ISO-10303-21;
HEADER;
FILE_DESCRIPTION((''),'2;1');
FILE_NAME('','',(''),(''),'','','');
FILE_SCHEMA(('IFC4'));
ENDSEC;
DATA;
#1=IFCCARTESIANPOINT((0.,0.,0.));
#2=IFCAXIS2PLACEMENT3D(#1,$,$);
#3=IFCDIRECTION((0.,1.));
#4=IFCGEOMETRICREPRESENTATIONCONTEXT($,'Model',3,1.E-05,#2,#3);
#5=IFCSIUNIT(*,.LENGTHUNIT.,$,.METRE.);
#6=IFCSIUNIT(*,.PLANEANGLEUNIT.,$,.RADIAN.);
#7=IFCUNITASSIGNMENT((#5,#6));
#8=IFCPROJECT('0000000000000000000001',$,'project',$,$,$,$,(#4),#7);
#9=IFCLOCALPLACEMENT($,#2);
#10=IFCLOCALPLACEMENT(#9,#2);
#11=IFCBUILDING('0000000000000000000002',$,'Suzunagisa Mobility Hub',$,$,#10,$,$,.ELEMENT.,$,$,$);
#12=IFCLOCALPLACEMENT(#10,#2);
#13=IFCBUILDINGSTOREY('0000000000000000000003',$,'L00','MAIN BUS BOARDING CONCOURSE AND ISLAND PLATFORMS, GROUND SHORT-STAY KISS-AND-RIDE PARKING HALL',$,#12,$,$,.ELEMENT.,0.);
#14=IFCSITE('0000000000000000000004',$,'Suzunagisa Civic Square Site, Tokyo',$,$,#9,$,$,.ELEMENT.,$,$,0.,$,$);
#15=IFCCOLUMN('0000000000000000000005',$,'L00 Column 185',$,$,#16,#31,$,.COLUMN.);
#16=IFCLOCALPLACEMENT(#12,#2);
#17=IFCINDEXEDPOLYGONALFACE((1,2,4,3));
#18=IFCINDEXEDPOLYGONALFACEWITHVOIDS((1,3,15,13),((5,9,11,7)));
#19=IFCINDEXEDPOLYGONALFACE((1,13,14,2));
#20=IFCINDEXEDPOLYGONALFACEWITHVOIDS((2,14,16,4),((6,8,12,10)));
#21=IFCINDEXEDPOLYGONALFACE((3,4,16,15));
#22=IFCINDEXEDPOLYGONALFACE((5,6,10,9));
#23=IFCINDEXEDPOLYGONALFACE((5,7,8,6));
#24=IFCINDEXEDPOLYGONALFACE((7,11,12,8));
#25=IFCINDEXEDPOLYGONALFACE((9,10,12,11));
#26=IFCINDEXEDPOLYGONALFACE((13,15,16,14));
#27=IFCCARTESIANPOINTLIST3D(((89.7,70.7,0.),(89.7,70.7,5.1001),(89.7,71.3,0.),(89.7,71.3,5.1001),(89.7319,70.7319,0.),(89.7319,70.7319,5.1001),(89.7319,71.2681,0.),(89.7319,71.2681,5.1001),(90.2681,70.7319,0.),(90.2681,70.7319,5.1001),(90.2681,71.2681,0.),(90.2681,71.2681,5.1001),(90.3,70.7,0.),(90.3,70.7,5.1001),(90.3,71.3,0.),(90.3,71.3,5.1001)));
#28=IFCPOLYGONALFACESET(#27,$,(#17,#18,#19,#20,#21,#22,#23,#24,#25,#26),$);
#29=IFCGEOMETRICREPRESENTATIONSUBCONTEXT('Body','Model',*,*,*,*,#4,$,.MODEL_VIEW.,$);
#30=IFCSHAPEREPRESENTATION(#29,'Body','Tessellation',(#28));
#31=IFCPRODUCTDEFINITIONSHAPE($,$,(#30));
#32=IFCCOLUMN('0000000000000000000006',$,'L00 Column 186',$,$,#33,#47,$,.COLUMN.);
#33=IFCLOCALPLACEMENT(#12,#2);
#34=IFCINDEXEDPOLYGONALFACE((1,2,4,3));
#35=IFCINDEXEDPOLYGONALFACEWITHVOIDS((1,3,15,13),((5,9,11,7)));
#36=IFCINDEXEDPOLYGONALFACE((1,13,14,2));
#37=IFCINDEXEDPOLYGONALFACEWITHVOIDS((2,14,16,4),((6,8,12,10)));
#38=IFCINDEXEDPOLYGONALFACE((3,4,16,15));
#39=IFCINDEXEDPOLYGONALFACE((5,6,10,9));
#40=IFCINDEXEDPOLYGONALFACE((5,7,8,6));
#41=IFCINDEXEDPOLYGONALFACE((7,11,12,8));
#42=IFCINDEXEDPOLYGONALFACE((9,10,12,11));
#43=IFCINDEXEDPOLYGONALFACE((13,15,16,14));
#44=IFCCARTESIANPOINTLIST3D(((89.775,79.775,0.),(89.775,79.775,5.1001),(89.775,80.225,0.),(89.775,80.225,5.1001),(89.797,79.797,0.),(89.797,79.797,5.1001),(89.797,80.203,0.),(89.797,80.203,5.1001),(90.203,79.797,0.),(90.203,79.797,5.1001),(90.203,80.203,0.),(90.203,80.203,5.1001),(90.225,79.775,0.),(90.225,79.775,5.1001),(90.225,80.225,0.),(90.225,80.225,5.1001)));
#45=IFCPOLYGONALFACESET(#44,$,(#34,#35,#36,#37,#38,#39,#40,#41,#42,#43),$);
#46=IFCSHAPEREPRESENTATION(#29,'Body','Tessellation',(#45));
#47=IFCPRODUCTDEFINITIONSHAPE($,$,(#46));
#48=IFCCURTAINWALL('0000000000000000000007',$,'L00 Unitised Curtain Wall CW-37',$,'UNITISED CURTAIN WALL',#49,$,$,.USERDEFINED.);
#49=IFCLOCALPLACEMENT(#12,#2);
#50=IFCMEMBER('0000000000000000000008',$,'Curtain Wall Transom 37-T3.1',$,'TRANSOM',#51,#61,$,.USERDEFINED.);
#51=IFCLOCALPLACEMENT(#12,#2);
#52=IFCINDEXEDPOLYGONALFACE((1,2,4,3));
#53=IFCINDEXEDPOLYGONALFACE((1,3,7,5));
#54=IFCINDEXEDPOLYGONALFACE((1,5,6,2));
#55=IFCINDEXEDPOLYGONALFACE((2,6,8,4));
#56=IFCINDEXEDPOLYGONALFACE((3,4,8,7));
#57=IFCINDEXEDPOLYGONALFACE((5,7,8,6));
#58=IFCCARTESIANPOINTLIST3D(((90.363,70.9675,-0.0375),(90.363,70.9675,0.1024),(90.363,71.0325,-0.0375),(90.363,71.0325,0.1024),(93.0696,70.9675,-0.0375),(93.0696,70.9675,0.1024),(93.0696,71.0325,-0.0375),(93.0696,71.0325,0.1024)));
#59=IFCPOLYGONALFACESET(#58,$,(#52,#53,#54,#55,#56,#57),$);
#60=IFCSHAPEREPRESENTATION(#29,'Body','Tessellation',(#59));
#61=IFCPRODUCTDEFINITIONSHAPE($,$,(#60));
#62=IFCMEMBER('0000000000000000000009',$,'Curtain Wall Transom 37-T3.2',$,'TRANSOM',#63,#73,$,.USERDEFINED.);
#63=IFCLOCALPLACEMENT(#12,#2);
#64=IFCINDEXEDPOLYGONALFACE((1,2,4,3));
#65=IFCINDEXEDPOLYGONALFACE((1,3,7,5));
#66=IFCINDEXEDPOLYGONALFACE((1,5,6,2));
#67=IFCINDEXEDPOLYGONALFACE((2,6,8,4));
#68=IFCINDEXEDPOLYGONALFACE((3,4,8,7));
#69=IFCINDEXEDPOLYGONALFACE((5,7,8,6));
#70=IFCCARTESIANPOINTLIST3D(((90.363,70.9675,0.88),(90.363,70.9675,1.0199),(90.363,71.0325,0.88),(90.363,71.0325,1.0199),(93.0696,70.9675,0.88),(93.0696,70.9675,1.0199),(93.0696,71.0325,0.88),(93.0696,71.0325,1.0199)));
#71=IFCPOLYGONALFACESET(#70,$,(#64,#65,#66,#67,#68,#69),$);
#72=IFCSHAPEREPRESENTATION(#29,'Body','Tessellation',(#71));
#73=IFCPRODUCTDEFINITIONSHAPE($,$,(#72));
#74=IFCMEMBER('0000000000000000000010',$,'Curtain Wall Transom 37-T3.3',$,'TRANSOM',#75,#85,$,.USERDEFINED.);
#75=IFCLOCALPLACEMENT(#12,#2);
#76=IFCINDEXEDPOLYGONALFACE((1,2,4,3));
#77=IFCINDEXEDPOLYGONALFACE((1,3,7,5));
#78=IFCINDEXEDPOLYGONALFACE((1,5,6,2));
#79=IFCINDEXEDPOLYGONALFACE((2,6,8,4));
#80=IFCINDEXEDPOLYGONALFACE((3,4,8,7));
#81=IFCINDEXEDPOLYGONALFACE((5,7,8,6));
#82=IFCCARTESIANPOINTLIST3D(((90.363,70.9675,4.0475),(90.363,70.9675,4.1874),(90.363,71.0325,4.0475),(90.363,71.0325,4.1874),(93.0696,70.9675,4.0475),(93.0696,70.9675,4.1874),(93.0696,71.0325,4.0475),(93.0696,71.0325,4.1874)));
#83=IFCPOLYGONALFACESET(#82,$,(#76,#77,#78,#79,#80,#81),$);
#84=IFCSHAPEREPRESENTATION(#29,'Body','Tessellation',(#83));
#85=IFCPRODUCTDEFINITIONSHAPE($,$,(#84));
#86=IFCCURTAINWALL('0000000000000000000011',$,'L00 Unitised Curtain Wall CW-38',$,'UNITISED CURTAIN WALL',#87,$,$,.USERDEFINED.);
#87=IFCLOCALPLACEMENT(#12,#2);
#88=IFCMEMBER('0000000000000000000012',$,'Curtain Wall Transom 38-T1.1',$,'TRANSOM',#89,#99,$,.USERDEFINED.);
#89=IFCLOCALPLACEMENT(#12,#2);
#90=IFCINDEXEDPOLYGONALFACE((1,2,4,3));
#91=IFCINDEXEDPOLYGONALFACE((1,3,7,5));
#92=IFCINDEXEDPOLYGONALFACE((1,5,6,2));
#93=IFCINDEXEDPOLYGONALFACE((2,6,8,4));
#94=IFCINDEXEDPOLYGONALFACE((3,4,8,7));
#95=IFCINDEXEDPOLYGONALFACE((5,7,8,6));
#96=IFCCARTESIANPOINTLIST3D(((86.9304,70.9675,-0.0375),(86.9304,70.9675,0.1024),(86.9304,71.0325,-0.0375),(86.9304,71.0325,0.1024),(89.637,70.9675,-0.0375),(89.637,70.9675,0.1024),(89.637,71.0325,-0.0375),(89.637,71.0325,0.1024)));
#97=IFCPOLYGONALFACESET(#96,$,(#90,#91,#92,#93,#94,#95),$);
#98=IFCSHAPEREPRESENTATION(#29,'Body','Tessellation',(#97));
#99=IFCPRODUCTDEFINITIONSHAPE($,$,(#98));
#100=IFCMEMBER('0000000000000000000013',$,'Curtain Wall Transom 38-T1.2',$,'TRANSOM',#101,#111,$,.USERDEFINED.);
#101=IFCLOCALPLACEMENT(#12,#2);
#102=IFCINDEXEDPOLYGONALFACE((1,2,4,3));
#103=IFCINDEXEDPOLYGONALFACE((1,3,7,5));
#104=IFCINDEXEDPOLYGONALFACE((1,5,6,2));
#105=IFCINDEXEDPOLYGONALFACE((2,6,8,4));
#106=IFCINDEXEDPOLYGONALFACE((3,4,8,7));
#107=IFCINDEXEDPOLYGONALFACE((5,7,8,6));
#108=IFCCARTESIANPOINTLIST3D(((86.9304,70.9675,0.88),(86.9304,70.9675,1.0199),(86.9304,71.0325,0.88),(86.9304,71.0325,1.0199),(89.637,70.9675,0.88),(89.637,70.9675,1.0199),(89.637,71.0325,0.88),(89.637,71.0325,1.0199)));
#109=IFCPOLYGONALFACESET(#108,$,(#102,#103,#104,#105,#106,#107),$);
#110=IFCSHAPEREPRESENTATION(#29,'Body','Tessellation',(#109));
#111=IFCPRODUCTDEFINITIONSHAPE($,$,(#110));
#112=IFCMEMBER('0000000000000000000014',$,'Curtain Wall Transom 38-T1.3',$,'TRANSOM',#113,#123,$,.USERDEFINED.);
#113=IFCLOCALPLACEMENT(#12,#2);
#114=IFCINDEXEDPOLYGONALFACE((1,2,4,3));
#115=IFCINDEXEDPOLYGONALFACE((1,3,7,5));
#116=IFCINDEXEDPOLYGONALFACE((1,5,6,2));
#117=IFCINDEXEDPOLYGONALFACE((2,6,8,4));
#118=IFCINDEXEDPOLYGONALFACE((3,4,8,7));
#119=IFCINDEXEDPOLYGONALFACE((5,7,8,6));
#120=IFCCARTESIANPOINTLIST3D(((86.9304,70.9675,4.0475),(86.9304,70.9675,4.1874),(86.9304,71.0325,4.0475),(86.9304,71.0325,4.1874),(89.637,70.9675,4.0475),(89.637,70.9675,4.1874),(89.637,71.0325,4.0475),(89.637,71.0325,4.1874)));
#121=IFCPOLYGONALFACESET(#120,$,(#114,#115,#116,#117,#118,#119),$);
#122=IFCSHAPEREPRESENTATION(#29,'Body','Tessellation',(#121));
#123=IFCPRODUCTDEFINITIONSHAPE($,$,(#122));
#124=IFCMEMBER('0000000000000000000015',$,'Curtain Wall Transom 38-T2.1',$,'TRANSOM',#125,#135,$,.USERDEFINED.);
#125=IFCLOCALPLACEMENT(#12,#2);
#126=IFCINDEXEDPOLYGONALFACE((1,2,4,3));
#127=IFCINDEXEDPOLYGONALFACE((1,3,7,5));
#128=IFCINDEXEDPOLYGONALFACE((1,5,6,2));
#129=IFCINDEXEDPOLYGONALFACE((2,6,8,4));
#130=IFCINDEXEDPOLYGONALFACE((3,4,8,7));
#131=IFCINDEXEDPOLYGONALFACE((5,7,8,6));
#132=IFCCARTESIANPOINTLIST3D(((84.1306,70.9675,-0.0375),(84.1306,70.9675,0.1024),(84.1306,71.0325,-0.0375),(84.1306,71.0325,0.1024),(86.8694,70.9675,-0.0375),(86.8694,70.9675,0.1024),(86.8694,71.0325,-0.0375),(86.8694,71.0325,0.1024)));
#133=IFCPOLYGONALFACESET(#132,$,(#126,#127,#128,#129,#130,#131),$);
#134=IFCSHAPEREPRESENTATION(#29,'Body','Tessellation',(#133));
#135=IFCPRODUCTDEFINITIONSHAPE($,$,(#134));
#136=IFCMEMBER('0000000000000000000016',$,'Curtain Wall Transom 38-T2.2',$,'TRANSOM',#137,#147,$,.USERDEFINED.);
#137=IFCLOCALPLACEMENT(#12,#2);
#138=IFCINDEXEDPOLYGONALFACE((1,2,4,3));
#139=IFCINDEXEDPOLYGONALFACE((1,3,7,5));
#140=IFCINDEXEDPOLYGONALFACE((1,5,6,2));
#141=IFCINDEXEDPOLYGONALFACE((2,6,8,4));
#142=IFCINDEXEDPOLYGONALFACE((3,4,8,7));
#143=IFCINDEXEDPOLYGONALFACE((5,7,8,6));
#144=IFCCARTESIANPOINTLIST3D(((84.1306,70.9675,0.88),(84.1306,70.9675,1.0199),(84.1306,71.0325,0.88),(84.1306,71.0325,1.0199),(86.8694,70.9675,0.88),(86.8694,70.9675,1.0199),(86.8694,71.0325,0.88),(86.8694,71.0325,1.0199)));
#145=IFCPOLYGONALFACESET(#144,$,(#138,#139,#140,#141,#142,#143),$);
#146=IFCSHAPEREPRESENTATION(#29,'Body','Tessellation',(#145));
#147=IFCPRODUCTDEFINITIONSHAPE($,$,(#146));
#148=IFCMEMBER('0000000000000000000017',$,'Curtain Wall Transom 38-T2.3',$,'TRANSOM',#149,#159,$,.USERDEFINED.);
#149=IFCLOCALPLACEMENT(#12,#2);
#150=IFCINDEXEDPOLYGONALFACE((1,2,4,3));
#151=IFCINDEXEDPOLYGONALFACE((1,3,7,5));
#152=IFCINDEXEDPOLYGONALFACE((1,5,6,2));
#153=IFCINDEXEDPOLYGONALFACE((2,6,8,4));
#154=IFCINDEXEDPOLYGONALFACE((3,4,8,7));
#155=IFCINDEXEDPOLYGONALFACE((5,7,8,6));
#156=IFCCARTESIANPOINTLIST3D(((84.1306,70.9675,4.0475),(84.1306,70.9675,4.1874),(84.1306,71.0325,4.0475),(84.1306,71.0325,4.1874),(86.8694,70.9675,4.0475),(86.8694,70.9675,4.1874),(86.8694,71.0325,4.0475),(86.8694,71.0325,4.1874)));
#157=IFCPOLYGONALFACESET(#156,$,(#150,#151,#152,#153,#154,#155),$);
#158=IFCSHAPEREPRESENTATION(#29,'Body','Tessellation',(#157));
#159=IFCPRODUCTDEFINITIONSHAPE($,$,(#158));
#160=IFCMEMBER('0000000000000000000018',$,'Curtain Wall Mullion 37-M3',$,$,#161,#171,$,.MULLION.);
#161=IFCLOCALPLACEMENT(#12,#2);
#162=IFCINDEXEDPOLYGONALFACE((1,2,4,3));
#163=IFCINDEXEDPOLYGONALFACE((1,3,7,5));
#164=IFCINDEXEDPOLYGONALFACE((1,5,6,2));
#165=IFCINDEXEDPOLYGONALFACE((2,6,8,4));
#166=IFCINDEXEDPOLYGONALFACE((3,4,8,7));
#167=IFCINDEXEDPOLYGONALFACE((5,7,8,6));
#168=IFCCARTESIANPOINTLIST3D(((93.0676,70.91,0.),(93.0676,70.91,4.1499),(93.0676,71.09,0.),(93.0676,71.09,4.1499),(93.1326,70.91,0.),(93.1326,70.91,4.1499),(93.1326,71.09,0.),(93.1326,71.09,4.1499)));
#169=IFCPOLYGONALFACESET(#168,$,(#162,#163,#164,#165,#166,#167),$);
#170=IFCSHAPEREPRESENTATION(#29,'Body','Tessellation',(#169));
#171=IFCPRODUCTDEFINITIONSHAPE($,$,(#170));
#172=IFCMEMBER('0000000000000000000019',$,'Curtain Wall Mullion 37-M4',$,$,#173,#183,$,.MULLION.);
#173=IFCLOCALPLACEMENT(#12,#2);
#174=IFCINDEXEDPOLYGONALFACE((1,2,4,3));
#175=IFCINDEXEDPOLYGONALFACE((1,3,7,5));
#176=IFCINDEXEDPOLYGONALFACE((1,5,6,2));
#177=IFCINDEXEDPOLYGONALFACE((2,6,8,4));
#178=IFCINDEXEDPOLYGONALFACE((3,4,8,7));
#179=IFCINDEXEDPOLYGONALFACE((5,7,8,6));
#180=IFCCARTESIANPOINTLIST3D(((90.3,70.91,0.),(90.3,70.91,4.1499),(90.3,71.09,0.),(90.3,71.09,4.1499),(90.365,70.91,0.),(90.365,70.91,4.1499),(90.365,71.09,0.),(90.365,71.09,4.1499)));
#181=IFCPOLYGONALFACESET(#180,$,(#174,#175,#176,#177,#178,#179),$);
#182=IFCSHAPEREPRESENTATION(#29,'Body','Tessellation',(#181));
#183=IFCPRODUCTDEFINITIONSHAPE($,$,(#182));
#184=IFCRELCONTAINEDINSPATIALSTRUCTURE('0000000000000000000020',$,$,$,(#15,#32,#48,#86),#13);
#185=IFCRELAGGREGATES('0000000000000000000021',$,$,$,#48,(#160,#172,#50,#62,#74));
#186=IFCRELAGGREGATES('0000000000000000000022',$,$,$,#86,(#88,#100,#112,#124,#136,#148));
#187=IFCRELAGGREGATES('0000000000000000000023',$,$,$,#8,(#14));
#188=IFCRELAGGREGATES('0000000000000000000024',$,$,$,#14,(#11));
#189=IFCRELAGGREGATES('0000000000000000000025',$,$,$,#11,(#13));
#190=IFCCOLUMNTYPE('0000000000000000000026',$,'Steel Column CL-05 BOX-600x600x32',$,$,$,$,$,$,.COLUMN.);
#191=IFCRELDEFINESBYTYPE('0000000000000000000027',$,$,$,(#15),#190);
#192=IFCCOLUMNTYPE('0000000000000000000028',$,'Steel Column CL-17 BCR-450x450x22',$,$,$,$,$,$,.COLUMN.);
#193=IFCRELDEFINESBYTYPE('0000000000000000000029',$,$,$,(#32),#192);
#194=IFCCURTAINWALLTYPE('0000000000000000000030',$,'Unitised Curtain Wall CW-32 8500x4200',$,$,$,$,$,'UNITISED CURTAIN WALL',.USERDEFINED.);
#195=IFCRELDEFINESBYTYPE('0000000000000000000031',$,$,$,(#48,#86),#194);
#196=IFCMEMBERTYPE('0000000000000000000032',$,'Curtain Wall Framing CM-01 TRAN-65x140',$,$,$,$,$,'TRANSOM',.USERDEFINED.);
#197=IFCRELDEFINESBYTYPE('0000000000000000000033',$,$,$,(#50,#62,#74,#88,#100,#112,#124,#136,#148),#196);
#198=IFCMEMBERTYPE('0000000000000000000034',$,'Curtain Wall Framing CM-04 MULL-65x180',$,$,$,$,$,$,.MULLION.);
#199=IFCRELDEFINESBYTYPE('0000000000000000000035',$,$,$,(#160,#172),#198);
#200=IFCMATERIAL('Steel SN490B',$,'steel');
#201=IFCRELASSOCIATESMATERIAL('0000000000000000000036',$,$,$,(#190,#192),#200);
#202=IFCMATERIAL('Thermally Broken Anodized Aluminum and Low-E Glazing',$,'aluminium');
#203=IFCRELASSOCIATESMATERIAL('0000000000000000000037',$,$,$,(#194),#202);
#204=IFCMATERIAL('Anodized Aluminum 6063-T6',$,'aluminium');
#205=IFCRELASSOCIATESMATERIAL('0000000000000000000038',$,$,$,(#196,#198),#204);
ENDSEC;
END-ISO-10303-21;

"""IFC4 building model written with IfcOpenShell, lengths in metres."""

from ifc_helpers import new_model, si_unit, direction, frame, origin, origin_2d, place, context, subcontext, project, spatial, rectangle, hollow_rectangle, extrude, material, material_profile, profile_set, type_object, element, aggregate, save


model = new_model("IFC4")

# Units and contexts
model_context = context("Model", 3, precision=1e-05, world=origin(), true_north=direction((0.0, 1.0)))
body_context = subcontext(model_context, "Body", "Model", "MODEL_VIEW")
ifc_project = project(units=[si_unit("LENGTHUNIT", "METRE"), si_unit("PLANEANGLEUNIT", "RADIAN")], contexts=[model_context])

# Site, building, storey
site_placement = place(None, origin())
site = spatial("IfcSite", under=ifc_project, at=site_placement, Name="Suzunagisa Civic Square Site, Tokyo", CompositionType="ELEMENT", RefElevation=0.0)
building_placement = place(site_placement, origin())
building = spatial("IfcBuilding", under=site, at=building_placement, Name="Suzunagisa Mobility Hub", CompositionType="ELEMENT")
storey_placement = place(building_placement, origin())
storey = spatial("IfcBuildingStorey", under=building, at=storey_placement, Name="L00", Description="MAIN BUS BOARDING CONCOURSE AND ISLAND PLATFORMS, GROUND SHORT-STAY KISS-AND-RIDE PARKING HALL", CompositionType="ELEMENT", Elevation=0.0)

# Columns
ifc_material_1 = material(Name="Steel SN490B", Category="steel")
ifc_material_profile_1 = material_profile(ifc_material_1, hollow_rectangle(XDim=0.6001, YDim=0.6001, WallThickness=0.032, at=origin_2d()), Name="BOX-600x600x32")
ifc_profile_set_1 = profile_set([ifc_material_profile_1], Name="Steel SN490B")
column_type_1 = type_object("IfcColumnType", Name="Steel Column CL-05 BOX-600x600x32", PredefinedType="COLUMN", material=ifc_profile_set_1)
column_1_placement = place(storey_placement, frame((90.0, 71.0, 0.0), z_axis=(0.0, 0.0, 1.0), x_axis=(1.0, 0.0, 0.0)))
element("IfcColumn", 1, at=column_1_placement, inside=storey, type_object=column_type_1, Name="L00 Column 185", PredefinedType="COLUMN", context=body_context, shape_type="SweptSolid", body=[
    extrude(hollow_rectangle(XDim=0.6001, YDim=0.6001, WallThickness=0.032, at=origin_2d()), origin(), (0.0, 0.0, 1.0), 5.1001),
])
ifc_material_profile_2 = material_profile(ifc_material_1, hollow_rectangle(XDim=0.45, YDim=0.45, WallThickness=0.022, at=origin_2d()), Name="BCR-450x450x22")
ifc_profile_set_2 = profile_set([ifc_material_profile_2], Name="Steel SN490B")
column_type_2 = type_object("IfcColumnType", Name="Steel Column CL-17 BCR-450x450x22", PredefinedType="COLUMN", material=ifc_profile_set_2)
column_2_placement = place(storey_placement, frame((90.0, 80.0, 0.0), z_axis=(0.0, 0.0, 1.0), x_axis=(1.0, 0.0, 0.0)))
element("IfcColumn", 2, at=column_2_placement, inside=storey, type_object=column_type_2, Name="L00 Column 186", PredefinedType="COLUMN", context=body_context, shape_type="SweptSolid", body=[
    extrude(hollow_rectangle(XDim=0.45, YDim=0.45, WallThickness=0.022, at=origin_2d()), origin(), (0.0, 0.0, 1.0), 5.1001),
])

# Curtain walls, members
ifc_material_2 = material(Name="Thermally Broken Anodized Aluminum and Low-E Glazing", Category="aluminium")
curtain_wall_type = type_object("IfcCurtainWallType", Name="Unitised Curtain Wall CW-32 8500x4200", ElementType="UNITISED CURTAIN WALL", PredefinedType="USERDEFINED", material=ifc_material_2)
curtain_wall_1_placement = place(storey_placement, origin())
curtain_wall_1 = element("IfcCurtainWall", 3, at=curtain_wall_1_placement, inside=storey, type_object=curtain_wall_type, Name="L00 Unitised Curtain Wall CW-37", ObjectType="UNITISED CURTAIN WALL", PredefinedType="USERDEFINED")
ifc_material_3 = material(Name="Anodized Aluminum 6063-T6", Category="aluminium")
ifc_material_profile_3 = material_profile(ifc_material_3, rectangle(XDim=0.0649, YDim=0.1399, at=origin_2d()), Name="TRAN-65x140")
ifc_profile_set_3 = profile_set([ifc_material_profile_3], Name="Anodized Aluminum 6063-T6")
member_type_1 = type_object("IfcMemberType", Name="Curtain Wall Framing CM-01 TRAN-65x140", ElementType="TRANSOM", PredefinedType="USERDEFINED", material=ifc_profile_set_3)
member_1_placement = place(storey_placement, frame((93.0696, 71.0, 0.0325), z_axis=(-1.0, 0.0, 0.0), x_axis=(0.0, -1.0, 0.0)))
member_1 = element("IfcMember", 4, at=member_1_placement, type_object=member_type_1, Name="Curtain Wall Transom 37-T3.1", ObjectType="TRANSOM", PredefinedType="USERDEFINED", context=body_context, shape_type="SweptSolid", body=[
    extrude(rectangle(XDim=0.0649, YDim=0.1399, at=origin_2d()), origin(), (0.0, 0.0, 1.0), 2.7065),
])
member_2_placement = place(storey_placement, frame((93.0696, 71.0, 0.95), z_axis=(-1.0, 0.0, 0.0), x_axis=(0.0, -1.0, 0.0)))
member_2 = element("IfcMember", 5, at=member_2_placement, type_object=member_type_1, Name="Curtain Wall Transom 37-T3.2", ObjectType="TRANSOM", PredefinedType="USERDEFINED", context=body_context, shape_type="SweptSolid", body=[
    extrude(rectangle(XDim=0.0649, YDim=0.1399, at=origin_2d()), origin(), (0.0, 0.0, 1.0), 2.7065),
])
member_3_placement = place(storey_placement, frame((93.0696, 71.0, 4.1174), z_axis=(-1.0, 0.0, 0.0), x_axis=(0.0, -1.0, 0.0)))
member_3 = element("IfcMember", 6, at=member_3_placement, type_object=member_type_1, Name="Curtain Wall Transom 37-T3.3", ObjectType="TRANSOM", PredefinedType="USERDEFINED", context=body_context, shape_type="SweptSolid", body=[
    extrude(rectangle(XDim=0.0649, YDim=0.1399, at=origin_2d()), origin(), (0.0, 0.0, 1.0), 2.7065),
])
curtain_wall_2_placement = place(storey_placement, origin())
curtain_wall_2 = element("IfcCurtainWall", 7, at=curtain_wall_2_placement, inside=storey, type_object=curtain_wall_type, Name="L00 Unitised Curtain Wall CW-38", ObjectType="UNITISED CURTAIN WALL", PredefinedType="USERDEFINED")
member_4_placement = place(storey_placement, frame((89.637, 71.0, 0.0325), z_axis=(-1.0, 0.0, 0.0), x_axis=(0.0, -1.0, 0.0)))
member_4 = element("IfcMember", 8, at=member_4_placement, type_object=member_type_1, Name="Curtain Wall Transom 38-T1.1", ObjectType="TRANSOM", PredefinedType="USERDEFINED", context=body_context, shape_type="SweptSolid", body=[
    extrude(rectangle(XDim=0.0649, YDim=0.1399, at=origin_2d()), origin(), (0.0, 0.0, 1.0), 2.7065),
])
member_5_placement = place(storey_placement, frame((89.637, 71.0, 0.95), z_axis=(-1.0, 0.0, 0.0), x_axis=(0.0, -1.0, 0.0)))
member_5 = element("IfcMember", 9, at=member_5_placement, type_object=member_type_1, Name="Curtain Wall Transom 38-T1.2", ObjectType="TRANSOM", PredefinedType="USERDEFINED", context=body_context, shape_type="SweptSolid", body=[
    extrude(rectangle(XDim=0.0649, YDim=0.1399, at=origin_2d()), origin(), (0.0, 0.0, 1.0), 2.7065),
])
member_6_placement = place(storey_placement, frame((89.637, 71.0, 4.1174), z_axis=(-1.0, 0.0, 0.0), x_axis=(0.0, -1.0, 0.0)))
member_6 = element("IfcMember", 10, at=member_6_placement, type_object=member_type_1, Name="Curtain Wall Transom 38-T1.3", ObjectType="TRANSOM", PredefinedType="USERDEFINED", context=body_context, shape_type="SweptSolid", body=[
    extrude(rectangle(XDim=0.0649, YDim=0.1399, at=origin_2d()), origin(), (0.0, 0.0, 1.0), 2.7065),
])
member_7_placement = place(storey_placement, frame((86.8694, 71.0, 0.0325), z_axis=(-1.0, 0.0, 0.0), x_axis=(0.0, -1.0, 0.0)))
member_7 = element("IfcMember", 11, at=member_7_placement, type_object=member_type_1, Name="Curtain Wall Transom 38-T2.1", ObjectType="TRANSOM", PredefinedType="USERDEFINED", context=body_context, shape_type="SweptSolid", body=[
    extrude(rectangle(XDim=0.0649, YDim=0.1399, at=origin_2d()), origin(), (0.0, 0.0, 1.0), 2.7388),
])
member_8_placement = place(storey_placement, frame((86.8694, 71.0, 0.95), z_axis=(-1.0, 0.0, 0.0), x_axis=(0.0, -1.0, 0.0)))
member_8 = element("IfcMember", 12, at=member_8_placement, type_object=member_type_1, Name="Curtain Wall Transom 38-T2.2", ObjectType="TRANSOM", PredefinedType="USERDEFINED", context=body_context, shape_type="SweptSolid", body=[
    extrude(rectangle(XDim=0.0649, YDim=0.1399, at=origin_2d()), origin(), (0.0, 0.0, 1.0), 2.7388),
])
member_9_placement = place(storey_placement, frame((86.8694, 71.0, 4.1174), z_axis=(-1.0, 0.0, 0.0), x_axis=(0.0, -1.0, 0.0)))
member_9 = element("IfcMember", 13, at=member_9_placement, type_object=member_type_1, Name="Curtain Wall Transom 38-T2.3", ObjectType="TRANSOM", PredefinedType="USERDEFINED", context=body_context, shape_type="SweptSolid", body=[
    extrude(rectangle(XDim=0.0649, YDim=0.1399, at=origin_2d()), origin(), (0.0, 0.0, 1.0), 2.7388),
])

# Members
ifc_material_profile_4 = material_profile(ifc_material_3, rectangle(XDim=0.0649, YDim=0.1799, at=origin_2d()), Name="MULL-65x180")
ifc_profile_set_4 = profile_set([ifc_material_profile_4], Name="Anodized Aluminum 6063-T6")
member_type_2 = type_object("IfcMemberType", Name="Curtain Wall Framing CM-04 MULL-65x180", PredefinedType="MULLION", material=ifc_profile_set_4)
member_10_placement = place(storey_placement, frame((93.1001, 71.0, 0.0), z_axis=(0.0, 0.0, 1.0), x_axis=(-1.0, 0.0, 0.0)))
member_10 = element("IfcMember", 14, at=member_10_placement, type_object=member_type_2, Name="Curtain Wall Mullion 37-M3", PredefinedType="MULLION", context=body_context, shape_type="SweptSolid", body=[
    extrude(rectangle(XDim=0.0649, YDim=0.1799, at=origin_2d()), origin(), (0.0, 0.0, 1.0), 4.1499),
])
member_11_placement = place(storey_placement, frame((90.3325, 71.0, 0.0), z_axis=(0.0, 0.0, 1.0), x_axis=(-1.0, 0.0, 0.0)))
member_11 = element("IfcMember", 15, at=member_11_placement, type_object=member_type_2, Name="Curtain Wall Mullion 37-M4", PredefinedType="MULLION", context=body_context, shape_type="SweptSolid", body=[
    extrude(rectangle(XDim=0.0649, YDim=0.1799, at=origin_2d()), origin(), (0.0, 0.0, 1.0), 4.1499),
])

aggregate(curtain_wall_1, [member_10, member_11, member_1, member_2, member_3])
aggregate(curtain_wall_2, [member_4, member_5, member_6, member_7, member_8, member_9])

save(model, "model.ifc")
